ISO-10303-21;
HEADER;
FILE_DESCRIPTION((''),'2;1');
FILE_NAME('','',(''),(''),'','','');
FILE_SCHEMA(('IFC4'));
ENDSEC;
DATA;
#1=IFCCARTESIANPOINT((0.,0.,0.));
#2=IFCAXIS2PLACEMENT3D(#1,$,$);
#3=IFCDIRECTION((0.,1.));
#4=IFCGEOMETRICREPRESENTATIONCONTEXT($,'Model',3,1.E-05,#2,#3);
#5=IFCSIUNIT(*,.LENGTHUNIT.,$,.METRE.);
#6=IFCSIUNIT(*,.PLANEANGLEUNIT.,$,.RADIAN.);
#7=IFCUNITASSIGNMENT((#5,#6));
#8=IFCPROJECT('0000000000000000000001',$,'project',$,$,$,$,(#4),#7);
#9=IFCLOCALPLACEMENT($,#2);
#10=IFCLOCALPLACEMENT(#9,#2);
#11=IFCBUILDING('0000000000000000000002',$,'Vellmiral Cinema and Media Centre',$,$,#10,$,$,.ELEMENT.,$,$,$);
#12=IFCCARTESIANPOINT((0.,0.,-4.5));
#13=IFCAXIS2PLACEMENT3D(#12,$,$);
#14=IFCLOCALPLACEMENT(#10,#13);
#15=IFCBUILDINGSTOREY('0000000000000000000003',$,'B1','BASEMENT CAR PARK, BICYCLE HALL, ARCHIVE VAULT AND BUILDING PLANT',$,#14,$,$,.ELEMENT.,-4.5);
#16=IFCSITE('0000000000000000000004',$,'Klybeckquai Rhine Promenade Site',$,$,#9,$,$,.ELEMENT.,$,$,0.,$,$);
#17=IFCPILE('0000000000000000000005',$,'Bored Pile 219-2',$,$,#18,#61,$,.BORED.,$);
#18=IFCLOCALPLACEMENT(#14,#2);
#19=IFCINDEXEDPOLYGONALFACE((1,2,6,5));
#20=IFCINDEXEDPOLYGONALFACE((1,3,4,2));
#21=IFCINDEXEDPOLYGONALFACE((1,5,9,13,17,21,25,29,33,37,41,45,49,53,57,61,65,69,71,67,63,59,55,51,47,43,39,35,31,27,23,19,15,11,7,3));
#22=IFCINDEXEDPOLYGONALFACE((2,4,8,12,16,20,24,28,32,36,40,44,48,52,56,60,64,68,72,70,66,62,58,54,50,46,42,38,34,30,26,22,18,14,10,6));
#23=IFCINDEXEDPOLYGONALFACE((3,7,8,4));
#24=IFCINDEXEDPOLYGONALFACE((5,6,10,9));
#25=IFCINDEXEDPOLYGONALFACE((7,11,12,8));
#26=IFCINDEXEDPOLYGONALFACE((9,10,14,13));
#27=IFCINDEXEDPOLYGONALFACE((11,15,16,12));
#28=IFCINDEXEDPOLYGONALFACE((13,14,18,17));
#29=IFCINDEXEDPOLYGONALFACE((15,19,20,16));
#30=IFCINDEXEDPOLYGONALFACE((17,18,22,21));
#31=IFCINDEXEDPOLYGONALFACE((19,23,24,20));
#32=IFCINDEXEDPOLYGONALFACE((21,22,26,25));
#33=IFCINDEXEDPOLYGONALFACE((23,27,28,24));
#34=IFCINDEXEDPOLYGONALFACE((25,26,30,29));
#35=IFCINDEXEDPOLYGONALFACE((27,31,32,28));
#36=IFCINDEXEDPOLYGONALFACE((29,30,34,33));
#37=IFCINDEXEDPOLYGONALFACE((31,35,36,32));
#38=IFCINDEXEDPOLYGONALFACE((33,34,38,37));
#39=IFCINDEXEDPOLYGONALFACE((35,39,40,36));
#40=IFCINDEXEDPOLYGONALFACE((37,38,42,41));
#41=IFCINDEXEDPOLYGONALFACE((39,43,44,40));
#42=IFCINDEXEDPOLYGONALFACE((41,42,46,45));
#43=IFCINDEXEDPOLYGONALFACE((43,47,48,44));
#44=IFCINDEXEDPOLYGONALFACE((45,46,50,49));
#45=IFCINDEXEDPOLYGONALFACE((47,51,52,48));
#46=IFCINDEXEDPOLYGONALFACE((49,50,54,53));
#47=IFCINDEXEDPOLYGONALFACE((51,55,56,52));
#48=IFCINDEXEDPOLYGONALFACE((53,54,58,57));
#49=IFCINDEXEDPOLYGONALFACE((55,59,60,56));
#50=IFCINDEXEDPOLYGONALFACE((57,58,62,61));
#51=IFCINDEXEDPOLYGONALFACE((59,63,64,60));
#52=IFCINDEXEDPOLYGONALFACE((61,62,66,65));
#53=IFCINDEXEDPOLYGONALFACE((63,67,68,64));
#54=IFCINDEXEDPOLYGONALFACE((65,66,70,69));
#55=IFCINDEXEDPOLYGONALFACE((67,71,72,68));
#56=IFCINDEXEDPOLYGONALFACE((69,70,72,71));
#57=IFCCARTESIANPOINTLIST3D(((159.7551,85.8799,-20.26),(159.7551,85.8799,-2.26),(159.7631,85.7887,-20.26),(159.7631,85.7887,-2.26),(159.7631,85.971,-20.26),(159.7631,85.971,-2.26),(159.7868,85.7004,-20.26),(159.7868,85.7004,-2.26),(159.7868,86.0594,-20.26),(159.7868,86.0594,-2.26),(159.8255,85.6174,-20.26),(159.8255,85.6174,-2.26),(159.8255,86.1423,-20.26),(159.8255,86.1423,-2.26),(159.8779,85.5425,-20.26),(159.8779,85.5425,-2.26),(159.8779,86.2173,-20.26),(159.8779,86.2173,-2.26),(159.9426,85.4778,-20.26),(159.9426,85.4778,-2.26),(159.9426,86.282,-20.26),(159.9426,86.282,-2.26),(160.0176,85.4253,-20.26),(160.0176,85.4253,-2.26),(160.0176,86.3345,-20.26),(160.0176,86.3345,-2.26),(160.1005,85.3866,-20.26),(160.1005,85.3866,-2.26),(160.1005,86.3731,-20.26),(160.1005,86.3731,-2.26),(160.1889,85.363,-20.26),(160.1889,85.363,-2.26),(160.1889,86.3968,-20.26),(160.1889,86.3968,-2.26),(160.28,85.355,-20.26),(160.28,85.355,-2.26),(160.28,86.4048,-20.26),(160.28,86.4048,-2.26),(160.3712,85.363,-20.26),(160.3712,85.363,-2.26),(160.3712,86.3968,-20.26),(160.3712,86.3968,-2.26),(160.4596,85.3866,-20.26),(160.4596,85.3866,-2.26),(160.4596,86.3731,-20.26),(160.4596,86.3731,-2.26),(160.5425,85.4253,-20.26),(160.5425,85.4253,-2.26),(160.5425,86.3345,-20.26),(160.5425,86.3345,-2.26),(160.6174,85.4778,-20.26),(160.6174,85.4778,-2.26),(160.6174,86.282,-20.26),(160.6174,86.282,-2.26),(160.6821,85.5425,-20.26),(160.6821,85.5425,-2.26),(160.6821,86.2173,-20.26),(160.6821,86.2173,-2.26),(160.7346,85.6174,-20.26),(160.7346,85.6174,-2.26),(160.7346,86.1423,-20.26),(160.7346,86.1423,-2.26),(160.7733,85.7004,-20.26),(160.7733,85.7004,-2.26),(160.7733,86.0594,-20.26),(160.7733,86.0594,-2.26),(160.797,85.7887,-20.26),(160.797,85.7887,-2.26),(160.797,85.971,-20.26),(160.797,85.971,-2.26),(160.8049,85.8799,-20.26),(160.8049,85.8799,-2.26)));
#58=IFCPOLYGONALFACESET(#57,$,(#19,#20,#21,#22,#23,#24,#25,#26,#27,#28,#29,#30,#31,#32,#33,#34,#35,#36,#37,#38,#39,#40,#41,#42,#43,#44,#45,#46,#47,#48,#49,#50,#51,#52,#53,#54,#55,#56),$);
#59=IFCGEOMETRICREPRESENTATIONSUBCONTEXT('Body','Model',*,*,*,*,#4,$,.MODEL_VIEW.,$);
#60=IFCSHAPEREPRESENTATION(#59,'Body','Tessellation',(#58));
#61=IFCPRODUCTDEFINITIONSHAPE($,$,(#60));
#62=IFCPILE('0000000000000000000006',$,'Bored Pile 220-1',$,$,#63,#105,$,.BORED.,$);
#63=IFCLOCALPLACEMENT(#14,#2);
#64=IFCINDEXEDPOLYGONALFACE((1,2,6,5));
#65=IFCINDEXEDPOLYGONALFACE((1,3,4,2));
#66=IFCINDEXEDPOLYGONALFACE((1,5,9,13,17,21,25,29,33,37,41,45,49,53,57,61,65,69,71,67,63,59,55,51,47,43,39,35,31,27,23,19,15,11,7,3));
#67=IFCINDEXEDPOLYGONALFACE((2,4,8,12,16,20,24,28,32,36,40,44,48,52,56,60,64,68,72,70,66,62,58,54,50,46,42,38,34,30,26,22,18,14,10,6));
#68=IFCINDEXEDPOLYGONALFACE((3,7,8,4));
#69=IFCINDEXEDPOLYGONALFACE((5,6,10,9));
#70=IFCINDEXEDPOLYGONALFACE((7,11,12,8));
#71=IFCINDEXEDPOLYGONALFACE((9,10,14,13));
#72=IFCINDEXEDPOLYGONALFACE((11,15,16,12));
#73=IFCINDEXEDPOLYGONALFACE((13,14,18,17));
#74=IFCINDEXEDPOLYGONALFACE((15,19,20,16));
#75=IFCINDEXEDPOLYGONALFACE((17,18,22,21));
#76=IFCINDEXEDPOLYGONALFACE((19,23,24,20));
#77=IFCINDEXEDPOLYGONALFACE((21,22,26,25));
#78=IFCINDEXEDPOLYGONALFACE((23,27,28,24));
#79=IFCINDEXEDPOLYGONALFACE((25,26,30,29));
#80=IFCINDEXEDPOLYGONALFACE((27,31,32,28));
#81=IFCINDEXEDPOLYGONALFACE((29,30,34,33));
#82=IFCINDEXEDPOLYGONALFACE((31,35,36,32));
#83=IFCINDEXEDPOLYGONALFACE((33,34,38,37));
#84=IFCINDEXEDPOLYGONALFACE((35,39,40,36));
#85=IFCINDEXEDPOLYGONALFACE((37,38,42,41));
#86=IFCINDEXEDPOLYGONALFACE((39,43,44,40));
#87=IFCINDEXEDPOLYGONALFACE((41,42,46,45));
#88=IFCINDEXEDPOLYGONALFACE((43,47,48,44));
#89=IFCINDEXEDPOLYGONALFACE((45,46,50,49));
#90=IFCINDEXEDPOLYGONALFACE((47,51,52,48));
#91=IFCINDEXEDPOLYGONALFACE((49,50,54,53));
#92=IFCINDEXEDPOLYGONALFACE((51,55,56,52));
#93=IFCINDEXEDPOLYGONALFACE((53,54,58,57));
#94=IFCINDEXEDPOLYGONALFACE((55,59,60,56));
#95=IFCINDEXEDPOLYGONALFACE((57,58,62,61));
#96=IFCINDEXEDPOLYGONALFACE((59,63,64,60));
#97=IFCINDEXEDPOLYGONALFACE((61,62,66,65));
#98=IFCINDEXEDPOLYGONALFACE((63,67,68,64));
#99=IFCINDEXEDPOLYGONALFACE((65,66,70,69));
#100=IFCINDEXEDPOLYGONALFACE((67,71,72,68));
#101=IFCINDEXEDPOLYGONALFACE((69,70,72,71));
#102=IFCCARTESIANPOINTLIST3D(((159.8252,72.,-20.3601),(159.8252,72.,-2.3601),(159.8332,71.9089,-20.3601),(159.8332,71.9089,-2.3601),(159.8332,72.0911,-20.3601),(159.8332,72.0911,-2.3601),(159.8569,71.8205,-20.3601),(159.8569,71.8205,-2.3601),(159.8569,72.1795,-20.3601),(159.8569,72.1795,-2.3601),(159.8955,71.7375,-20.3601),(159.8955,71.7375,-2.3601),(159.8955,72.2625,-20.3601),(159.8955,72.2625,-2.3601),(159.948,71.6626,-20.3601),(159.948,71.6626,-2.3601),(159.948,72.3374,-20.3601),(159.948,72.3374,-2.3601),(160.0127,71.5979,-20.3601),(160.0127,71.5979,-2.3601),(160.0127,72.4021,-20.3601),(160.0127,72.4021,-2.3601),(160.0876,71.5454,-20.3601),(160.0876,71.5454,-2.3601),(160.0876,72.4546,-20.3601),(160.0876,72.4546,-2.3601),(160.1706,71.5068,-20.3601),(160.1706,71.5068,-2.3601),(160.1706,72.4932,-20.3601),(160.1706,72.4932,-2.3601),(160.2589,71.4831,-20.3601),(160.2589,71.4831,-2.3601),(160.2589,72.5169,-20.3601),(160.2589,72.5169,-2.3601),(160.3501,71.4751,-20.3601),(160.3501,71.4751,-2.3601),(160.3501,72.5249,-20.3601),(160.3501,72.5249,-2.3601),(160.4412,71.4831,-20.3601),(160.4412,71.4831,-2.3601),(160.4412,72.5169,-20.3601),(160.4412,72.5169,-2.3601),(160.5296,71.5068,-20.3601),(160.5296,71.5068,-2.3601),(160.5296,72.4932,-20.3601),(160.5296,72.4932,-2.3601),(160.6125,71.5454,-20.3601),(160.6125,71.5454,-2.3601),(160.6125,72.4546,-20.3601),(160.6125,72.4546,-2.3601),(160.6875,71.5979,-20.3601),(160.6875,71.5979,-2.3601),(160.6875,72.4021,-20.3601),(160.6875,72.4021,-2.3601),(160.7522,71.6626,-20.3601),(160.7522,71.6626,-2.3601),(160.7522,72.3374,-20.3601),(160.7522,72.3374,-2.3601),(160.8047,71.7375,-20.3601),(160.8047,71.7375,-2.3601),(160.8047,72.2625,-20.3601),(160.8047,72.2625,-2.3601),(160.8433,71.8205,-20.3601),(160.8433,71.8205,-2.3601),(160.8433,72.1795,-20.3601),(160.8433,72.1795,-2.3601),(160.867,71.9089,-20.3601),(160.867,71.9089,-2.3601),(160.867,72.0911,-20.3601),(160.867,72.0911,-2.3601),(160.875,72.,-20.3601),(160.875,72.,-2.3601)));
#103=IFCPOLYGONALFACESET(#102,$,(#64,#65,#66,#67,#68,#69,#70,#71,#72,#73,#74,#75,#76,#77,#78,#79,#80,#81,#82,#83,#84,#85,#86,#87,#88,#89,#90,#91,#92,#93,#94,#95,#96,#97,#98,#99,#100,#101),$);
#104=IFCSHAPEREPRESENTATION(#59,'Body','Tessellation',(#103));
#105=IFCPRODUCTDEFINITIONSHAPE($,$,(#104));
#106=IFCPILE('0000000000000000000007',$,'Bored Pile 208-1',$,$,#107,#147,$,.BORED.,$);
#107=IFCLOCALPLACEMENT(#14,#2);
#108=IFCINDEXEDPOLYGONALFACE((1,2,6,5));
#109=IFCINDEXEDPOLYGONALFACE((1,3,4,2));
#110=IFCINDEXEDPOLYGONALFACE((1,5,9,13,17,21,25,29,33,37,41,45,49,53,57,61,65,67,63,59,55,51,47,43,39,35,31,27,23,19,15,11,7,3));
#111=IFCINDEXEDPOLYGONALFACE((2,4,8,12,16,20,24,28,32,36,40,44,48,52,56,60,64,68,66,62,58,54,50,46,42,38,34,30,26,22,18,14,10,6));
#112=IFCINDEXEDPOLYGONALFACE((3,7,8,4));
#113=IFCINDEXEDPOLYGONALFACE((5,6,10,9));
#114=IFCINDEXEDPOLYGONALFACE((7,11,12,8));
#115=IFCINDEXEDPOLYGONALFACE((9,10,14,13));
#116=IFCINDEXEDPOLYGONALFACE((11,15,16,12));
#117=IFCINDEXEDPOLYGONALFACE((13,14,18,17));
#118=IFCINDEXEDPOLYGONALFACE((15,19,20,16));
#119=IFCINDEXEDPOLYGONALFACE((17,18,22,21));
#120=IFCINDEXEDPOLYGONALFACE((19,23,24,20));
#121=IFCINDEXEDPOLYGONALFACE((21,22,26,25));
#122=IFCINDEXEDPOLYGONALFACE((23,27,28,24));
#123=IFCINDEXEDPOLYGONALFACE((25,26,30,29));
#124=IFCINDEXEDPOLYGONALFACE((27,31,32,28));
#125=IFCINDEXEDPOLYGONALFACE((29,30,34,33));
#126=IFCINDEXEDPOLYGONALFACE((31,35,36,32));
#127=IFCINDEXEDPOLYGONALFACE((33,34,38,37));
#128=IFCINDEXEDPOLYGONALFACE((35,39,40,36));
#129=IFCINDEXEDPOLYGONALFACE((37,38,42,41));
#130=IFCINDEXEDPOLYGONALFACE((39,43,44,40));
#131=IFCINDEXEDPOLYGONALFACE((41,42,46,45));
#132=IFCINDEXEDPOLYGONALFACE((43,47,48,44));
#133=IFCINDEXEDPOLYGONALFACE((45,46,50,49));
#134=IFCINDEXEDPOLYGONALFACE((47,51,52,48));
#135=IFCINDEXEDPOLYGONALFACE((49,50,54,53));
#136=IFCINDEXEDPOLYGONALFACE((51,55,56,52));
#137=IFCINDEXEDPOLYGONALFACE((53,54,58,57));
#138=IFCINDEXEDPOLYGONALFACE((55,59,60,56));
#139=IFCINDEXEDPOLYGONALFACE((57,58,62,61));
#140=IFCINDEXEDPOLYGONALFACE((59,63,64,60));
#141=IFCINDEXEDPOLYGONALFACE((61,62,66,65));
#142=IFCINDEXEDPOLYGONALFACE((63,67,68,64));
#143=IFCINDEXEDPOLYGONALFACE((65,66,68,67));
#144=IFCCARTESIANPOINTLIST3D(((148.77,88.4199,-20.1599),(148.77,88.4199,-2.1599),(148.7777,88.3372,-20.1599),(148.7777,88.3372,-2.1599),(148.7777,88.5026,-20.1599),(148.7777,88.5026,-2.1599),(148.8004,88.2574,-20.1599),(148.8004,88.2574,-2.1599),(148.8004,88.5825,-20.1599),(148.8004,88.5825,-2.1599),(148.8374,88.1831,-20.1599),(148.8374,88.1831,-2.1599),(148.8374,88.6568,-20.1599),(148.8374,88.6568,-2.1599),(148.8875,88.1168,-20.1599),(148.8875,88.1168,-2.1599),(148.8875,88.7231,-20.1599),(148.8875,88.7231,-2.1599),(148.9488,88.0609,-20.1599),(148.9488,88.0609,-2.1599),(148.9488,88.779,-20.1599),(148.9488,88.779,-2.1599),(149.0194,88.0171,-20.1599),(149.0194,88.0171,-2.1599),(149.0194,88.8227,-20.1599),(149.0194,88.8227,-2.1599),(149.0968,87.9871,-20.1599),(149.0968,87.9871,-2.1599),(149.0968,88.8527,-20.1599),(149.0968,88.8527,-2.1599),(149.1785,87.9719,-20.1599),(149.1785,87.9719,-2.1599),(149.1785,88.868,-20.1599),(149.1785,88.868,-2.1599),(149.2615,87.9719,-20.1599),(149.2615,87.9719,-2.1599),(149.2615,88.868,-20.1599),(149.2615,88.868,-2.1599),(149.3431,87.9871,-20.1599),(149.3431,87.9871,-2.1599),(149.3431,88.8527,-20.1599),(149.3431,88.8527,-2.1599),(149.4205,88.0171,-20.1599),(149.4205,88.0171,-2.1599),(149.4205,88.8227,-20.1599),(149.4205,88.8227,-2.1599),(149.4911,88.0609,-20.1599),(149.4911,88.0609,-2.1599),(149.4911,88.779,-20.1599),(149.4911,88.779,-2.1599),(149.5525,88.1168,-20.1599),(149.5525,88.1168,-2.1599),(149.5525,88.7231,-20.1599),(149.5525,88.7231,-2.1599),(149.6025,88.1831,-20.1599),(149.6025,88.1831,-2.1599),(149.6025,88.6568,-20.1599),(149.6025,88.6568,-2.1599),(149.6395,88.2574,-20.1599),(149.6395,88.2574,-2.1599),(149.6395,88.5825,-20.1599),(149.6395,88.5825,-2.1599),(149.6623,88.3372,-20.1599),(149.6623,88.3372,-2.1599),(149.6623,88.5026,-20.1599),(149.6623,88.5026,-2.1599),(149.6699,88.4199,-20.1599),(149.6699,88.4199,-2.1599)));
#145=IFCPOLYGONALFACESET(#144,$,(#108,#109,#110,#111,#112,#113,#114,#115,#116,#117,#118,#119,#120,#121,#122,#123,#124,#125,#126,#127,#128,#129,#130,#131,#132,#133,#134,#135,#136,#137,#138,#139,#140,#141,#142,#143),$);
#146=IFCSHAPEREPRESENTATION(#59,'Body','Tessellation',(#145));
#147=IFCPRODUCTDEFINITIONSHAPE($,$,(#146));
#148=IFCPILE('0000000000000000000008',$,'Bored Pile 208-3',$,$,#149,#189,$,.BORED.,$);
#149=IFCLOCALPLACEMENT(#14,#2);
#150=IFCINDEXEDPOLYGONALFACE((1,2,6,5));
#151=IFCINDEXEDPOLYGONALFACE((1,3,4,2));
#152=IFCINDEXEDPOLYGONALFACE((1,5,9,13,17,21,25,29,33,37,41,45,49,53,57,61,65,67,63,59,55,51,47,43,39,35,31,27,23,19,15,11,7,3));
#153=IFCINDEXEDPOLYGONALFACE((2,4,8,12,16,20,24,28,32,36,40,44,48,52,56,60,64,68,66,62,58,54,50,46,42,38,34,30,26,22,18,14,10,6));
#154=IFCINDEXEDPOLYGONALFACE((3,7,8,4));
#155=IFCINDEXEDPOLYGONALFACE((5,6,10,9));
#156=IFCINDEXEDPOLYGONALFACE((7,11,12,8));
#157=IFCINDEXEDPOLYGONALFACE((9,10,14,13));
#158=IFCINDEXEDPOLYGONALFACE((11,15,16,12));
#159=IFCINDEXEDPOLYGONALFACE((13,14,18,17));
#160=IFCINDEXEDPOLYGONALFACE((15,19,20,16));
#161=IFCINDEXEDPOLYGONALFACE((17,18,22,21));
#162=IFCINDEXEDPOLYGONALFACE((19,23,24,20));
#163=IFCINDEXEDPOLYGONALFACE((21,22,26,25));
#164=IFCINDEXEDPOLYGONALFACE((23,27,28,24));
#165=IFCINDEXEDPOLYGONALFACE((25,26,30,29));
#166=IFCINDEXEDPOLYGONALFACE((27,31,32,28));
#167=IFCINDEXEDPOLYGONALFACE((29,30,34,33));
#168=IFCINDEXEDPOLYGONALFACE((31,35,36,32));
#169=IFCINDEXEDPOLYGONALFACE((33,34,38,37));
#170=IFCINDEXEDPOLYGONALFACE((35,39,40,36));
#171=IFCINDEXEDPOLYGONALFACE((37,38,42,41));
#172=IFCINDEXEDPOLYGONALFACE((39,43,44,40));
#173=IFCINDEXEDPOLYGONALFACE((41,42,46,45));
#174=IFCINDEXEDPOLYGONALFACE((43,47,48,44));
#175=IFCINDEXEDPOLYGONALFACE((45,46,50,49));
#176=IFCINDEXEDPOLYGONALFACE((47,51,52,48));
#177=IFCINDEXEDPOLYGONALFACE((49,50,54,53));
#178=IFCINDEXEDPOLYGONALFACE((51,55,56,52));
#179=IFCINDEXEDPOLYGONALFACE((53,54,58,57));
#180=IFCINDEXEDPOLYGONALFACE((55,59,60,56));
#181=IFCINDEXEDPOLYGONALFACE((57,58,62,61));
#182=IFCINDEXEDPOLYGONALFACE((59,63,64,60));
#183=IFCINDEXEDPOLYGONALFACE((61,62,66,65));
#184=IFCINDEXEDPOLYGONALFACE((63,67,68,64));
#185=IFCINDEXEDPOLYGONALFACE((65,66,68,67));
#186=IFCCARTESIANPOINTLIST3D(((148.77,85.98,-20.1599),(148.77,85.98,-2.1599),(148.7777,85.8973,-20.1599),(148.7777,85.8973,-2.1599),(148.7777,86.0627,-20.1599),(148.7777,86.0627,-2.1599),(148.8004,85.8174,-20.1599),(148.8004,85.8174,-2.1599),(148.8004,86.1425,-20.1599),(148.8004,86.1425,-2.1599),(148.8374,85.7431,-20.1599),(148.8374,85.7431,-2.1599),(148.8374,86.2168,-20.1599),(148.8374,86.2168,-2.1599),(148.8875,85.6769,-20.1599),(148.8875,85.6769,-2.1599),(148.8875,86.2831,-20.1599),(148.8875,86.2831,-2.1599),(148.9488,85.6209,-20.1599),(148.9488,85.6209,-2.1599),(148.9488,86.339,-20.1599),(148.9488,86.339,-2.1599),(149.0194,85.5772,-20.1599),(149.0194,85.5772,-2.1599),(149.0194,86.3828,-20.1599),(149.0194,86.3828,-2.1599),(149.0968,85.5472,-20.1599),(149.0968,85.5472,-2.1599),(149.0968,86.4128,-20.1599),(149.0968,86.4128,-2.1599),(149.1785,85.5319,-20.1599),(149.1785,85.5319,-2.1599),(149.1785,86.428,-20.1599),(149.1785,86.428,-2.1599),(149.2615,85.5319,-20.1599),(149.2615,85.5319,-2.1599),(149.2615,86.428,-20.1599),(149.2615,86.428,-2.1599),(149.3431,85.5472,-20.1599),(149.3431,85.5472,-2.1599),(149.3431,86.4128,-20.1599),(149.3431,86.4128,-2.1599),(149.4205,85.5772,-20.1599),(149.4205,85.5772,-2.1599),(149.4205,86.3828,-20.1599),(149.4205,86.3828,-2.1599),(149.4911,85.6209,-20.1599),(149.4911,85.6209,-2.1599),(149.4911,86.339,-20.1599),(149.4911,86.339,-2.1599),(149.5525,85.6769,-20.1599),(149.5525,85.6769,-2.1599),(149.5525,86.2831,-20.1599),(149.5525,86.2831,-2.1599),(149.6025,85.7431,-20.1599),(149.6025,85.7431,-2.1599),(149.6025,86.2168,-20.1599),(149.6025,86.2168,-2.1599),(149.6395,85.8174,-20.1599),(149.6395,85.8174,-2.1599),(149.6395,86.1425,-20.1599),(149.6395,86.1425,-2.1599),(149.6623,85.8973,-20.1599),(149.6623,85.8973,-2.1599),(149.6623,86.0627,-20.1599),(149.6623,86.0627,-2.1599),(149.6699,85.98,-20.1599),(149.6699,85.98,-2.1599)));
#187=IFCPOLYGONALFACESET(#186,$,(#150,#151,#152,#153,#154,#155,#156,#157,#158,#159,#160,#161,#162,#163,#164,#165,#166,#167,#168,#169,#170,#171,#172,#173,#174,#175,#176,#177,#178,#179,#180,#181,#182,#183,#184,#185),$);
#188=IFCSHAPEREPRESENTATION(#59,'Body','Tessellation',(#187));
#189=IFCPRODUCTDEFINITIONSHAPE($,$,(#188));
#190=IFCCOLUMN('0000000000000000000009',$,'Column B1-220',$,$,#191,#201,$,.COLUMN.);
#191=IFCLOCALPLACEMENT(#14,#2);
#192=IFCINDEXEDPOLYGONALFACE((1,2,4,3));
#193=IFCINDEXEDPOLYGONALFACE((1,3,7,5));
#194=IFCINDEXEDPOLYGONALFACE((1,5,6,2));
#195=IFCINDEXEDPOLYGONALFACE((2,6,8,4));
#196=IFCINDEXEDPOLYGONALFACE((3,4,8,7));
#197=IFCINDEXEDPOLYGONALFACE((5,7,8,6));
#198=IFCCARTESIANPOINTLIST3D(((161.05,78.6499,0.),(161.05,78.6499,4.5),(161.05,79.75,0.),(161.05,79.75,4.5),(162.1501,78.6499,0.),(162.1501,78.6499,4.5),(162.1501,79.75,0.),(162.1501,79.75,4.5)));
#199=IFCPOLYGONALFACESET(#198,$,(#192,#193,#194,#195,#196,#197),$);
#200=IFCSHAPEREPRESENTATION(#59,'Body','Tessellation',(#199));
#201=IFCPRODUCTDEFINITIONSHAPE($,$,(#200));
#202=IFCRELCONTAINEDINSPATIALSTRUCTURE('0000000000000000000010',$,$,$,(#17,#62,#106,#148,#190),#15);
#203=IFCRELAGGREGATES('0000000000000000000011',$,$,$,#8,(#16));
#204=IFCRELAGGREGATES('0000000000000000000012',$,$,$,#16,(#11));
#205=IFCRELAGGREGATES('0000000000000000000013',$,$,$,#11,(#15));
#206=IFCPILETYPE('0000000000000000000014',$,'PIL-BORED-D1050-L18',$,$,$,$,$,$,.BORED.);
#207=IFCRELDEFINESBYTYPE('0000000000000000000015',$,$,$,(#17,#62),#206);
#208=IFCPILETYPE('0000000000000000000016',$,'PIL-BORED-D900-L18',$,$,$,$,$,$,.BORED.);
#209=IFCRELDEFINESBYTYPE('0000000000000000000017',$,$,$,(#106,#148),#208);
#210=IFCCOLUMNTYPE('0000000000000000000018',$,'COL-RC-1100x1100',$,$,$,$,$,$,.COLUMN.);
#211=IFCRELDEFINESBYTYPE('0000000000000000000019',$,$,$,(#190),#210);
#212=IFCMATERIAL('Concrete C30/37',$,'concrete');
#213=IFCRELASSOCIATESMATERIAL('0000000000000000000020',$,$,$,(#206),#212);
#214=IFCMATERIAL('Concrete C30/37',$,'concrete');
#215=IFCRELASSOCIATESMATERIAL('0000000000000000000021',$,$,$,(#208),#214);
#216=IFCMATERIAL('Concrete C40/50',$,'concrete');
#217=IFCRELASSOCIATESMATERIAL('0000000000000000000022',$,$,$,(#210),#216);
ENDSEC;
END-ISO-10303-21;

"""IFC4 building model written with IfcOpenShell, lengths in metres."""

from ifc_helpers import new_model, si_unit, direction, frame, origin, origin_2d, place, context, subcontext, project, spatial, rectangle, circle, extrude, material, material_profile, profile_set, type_object, element, save


model = new_model("IFC4")

# Units and contexts
model_context = context("Model", 3, precision=1e-05, world=origin(), true_north=direction((0.0, 1.0)))
body_context = subcontext(model_context, "Body", "Model", "MODEL_VIEW")
ifc_project = project(units=[si_unit("LENGTHUNIT", "METRE"), si_unit("PLANEANGLEUNIT", "RADIAN")], contexts=[model_context])

# Site, building, storey
site_placement = place(None, origin())
site = spatial("IfcSite", under=ifc_project, at=site_placement, Name="Klybeckquai Rhine Promenade Site", CompositionType="ELEMENT", RefElevation=0.0)
building_placement = place(site_placement, origin())
building = spatial("IfcBuilding", under=site, at=building_placement, Name="Vellmiral Cinema and Media Centre", CompositionType="ELEMENT")
storey_placement = place(building_placement, frame((0.0, 0.0, -4.5)))
storey = spatial("IfcBuildingStorey", under=building, at=storey_placement, Name="B1", Description="BASEMENT CAR PARK, BICYCLE HALL, ARCHIVE VAULT AND BUILDING PLANT", CompositionType="ELEMENT", Elevation=-4.5)

# Piles
ifc_material_1 = material(Name="Concrete C30/37", Category="concrete")
ifc_material_profile_1 = material_profile(ifc_material_1, circle(Radius=0.5249, at=origin_2d()), Name="PILE D1050")
ifc_profile_set_1 = profile_set([ifc_material_profile_1], Name="Concrete C30/37")
pile_type_1 = type_object("IfcPileType", Name="PIL-BORED-D1050-L18", PredefinedType="BORED", material=ifc_profile_set_1)
for number, where, z_axis, x_axis, name in (
    (1, (160.28, 85.8799, -2.26), (0.0, 0.0, -1.0), (1.0, 0.0, 0.0), "Bored Pile 219-2"),
    (2, (160.3501, 72.0, -2.3601), (0.0, 0.0, -1.0), (1.0, 0.0, 0.0), "Bored Pile 220-1"),
):
    element("IfcPile", number, at=place(storey_placement, frame(where, z_axis=z_axis, x_axis=x_axis)), inside=storey, type_object=pile_type_1, Name=name, PredefinedType="BORED", context=body_context, shape_type="SweptSolid", body=[
        extrude(circle(Radius=0.5249, at=origin_2d()), origin(), (0.0, 0.0, 1.0), 18.0),
    ])
ifc_material_2 = material(Name="Concrete C30/37", Category="concrete")
ifc_material_profile_2 = material_profile(ifc_material_2, circle(Radius=0.45, at=origin_2d()), Name="PILE D900")
ifc_profile_set_2 = profile_set([ifc_material_profile_2], Name="Concrete C30/37")
pile_type_2 = type_object("IfcPileType", Name="PIL-BORED-D900-L18", PredefinedType="BORED", material=ifc_profile_set_2)
for number, where, z_axis, x_axis, name in (
    (3, (149.22, 88.4199, -2.1599), (0.0, 0.0, -1.0), (1.0, 0.0, 0.0), "Bored Pile 208-1"),
    (4, (149.22, 85.98, -2.1599), (0.0, 0.0, -1.0), (1.0, 0.0, 0.0), "Bored Pile 208-3"),
):
    element("IfcPile", number, at=place(storey_placement, frame(where, z_axis=z_axis, x_axis=x_axis)), inside=storey, type_object=pile_type_2, Name=name, PredefinedType="BORED", context=body_context, shape_type="SweptSolid", body=[
        extrude(circle(Radius=0.45, at=origin_2d()), origin(), (0.0, 0.0, 1.0), 18.0),
    ])

# Column
ifc_material_3 = material(Name="Concrete C40/50", Category="concrete")
ifc_material_profile_3 = material_profile(ifc_material_3, rectangle(XDim=1.1001, YDim=1.1001, at=origin_2d()), Name="RC 1100x1100")
ifc_profile_set_3 = profile_set([ifc_material_profile_3], Name="Concrete C40/50")
column_type_1 = type_object("IfcColumnType", Name="COL-RC-1100x1100", PredefinedType="COLUMN", material=ifc_profile_set_3)
for number, where, z_axis, x_axis, name in (
    (5, (161.6001, 79.2, 0.0), (0.0, 0.0, 1.0), (1.0, 0.0, 0.0), "Column B1-220"),
):
    element("IfcColumn", number, at=place(storey_placement, frame(where, z_axis=z_axis, x_axis=x_axis)), inside=storey, type_object=column_type_1, Name=name, PredefinedType="COLUMN", context=body_context, shape_type="SweptSolid", body=[
        extrude(rectangle(XDim=1.1001, YDim=1.1001, at=origin_2d()), origin(), (0.0, 0.0, 1.0), 4.5),
    ])

save(model, "model.ifc")
